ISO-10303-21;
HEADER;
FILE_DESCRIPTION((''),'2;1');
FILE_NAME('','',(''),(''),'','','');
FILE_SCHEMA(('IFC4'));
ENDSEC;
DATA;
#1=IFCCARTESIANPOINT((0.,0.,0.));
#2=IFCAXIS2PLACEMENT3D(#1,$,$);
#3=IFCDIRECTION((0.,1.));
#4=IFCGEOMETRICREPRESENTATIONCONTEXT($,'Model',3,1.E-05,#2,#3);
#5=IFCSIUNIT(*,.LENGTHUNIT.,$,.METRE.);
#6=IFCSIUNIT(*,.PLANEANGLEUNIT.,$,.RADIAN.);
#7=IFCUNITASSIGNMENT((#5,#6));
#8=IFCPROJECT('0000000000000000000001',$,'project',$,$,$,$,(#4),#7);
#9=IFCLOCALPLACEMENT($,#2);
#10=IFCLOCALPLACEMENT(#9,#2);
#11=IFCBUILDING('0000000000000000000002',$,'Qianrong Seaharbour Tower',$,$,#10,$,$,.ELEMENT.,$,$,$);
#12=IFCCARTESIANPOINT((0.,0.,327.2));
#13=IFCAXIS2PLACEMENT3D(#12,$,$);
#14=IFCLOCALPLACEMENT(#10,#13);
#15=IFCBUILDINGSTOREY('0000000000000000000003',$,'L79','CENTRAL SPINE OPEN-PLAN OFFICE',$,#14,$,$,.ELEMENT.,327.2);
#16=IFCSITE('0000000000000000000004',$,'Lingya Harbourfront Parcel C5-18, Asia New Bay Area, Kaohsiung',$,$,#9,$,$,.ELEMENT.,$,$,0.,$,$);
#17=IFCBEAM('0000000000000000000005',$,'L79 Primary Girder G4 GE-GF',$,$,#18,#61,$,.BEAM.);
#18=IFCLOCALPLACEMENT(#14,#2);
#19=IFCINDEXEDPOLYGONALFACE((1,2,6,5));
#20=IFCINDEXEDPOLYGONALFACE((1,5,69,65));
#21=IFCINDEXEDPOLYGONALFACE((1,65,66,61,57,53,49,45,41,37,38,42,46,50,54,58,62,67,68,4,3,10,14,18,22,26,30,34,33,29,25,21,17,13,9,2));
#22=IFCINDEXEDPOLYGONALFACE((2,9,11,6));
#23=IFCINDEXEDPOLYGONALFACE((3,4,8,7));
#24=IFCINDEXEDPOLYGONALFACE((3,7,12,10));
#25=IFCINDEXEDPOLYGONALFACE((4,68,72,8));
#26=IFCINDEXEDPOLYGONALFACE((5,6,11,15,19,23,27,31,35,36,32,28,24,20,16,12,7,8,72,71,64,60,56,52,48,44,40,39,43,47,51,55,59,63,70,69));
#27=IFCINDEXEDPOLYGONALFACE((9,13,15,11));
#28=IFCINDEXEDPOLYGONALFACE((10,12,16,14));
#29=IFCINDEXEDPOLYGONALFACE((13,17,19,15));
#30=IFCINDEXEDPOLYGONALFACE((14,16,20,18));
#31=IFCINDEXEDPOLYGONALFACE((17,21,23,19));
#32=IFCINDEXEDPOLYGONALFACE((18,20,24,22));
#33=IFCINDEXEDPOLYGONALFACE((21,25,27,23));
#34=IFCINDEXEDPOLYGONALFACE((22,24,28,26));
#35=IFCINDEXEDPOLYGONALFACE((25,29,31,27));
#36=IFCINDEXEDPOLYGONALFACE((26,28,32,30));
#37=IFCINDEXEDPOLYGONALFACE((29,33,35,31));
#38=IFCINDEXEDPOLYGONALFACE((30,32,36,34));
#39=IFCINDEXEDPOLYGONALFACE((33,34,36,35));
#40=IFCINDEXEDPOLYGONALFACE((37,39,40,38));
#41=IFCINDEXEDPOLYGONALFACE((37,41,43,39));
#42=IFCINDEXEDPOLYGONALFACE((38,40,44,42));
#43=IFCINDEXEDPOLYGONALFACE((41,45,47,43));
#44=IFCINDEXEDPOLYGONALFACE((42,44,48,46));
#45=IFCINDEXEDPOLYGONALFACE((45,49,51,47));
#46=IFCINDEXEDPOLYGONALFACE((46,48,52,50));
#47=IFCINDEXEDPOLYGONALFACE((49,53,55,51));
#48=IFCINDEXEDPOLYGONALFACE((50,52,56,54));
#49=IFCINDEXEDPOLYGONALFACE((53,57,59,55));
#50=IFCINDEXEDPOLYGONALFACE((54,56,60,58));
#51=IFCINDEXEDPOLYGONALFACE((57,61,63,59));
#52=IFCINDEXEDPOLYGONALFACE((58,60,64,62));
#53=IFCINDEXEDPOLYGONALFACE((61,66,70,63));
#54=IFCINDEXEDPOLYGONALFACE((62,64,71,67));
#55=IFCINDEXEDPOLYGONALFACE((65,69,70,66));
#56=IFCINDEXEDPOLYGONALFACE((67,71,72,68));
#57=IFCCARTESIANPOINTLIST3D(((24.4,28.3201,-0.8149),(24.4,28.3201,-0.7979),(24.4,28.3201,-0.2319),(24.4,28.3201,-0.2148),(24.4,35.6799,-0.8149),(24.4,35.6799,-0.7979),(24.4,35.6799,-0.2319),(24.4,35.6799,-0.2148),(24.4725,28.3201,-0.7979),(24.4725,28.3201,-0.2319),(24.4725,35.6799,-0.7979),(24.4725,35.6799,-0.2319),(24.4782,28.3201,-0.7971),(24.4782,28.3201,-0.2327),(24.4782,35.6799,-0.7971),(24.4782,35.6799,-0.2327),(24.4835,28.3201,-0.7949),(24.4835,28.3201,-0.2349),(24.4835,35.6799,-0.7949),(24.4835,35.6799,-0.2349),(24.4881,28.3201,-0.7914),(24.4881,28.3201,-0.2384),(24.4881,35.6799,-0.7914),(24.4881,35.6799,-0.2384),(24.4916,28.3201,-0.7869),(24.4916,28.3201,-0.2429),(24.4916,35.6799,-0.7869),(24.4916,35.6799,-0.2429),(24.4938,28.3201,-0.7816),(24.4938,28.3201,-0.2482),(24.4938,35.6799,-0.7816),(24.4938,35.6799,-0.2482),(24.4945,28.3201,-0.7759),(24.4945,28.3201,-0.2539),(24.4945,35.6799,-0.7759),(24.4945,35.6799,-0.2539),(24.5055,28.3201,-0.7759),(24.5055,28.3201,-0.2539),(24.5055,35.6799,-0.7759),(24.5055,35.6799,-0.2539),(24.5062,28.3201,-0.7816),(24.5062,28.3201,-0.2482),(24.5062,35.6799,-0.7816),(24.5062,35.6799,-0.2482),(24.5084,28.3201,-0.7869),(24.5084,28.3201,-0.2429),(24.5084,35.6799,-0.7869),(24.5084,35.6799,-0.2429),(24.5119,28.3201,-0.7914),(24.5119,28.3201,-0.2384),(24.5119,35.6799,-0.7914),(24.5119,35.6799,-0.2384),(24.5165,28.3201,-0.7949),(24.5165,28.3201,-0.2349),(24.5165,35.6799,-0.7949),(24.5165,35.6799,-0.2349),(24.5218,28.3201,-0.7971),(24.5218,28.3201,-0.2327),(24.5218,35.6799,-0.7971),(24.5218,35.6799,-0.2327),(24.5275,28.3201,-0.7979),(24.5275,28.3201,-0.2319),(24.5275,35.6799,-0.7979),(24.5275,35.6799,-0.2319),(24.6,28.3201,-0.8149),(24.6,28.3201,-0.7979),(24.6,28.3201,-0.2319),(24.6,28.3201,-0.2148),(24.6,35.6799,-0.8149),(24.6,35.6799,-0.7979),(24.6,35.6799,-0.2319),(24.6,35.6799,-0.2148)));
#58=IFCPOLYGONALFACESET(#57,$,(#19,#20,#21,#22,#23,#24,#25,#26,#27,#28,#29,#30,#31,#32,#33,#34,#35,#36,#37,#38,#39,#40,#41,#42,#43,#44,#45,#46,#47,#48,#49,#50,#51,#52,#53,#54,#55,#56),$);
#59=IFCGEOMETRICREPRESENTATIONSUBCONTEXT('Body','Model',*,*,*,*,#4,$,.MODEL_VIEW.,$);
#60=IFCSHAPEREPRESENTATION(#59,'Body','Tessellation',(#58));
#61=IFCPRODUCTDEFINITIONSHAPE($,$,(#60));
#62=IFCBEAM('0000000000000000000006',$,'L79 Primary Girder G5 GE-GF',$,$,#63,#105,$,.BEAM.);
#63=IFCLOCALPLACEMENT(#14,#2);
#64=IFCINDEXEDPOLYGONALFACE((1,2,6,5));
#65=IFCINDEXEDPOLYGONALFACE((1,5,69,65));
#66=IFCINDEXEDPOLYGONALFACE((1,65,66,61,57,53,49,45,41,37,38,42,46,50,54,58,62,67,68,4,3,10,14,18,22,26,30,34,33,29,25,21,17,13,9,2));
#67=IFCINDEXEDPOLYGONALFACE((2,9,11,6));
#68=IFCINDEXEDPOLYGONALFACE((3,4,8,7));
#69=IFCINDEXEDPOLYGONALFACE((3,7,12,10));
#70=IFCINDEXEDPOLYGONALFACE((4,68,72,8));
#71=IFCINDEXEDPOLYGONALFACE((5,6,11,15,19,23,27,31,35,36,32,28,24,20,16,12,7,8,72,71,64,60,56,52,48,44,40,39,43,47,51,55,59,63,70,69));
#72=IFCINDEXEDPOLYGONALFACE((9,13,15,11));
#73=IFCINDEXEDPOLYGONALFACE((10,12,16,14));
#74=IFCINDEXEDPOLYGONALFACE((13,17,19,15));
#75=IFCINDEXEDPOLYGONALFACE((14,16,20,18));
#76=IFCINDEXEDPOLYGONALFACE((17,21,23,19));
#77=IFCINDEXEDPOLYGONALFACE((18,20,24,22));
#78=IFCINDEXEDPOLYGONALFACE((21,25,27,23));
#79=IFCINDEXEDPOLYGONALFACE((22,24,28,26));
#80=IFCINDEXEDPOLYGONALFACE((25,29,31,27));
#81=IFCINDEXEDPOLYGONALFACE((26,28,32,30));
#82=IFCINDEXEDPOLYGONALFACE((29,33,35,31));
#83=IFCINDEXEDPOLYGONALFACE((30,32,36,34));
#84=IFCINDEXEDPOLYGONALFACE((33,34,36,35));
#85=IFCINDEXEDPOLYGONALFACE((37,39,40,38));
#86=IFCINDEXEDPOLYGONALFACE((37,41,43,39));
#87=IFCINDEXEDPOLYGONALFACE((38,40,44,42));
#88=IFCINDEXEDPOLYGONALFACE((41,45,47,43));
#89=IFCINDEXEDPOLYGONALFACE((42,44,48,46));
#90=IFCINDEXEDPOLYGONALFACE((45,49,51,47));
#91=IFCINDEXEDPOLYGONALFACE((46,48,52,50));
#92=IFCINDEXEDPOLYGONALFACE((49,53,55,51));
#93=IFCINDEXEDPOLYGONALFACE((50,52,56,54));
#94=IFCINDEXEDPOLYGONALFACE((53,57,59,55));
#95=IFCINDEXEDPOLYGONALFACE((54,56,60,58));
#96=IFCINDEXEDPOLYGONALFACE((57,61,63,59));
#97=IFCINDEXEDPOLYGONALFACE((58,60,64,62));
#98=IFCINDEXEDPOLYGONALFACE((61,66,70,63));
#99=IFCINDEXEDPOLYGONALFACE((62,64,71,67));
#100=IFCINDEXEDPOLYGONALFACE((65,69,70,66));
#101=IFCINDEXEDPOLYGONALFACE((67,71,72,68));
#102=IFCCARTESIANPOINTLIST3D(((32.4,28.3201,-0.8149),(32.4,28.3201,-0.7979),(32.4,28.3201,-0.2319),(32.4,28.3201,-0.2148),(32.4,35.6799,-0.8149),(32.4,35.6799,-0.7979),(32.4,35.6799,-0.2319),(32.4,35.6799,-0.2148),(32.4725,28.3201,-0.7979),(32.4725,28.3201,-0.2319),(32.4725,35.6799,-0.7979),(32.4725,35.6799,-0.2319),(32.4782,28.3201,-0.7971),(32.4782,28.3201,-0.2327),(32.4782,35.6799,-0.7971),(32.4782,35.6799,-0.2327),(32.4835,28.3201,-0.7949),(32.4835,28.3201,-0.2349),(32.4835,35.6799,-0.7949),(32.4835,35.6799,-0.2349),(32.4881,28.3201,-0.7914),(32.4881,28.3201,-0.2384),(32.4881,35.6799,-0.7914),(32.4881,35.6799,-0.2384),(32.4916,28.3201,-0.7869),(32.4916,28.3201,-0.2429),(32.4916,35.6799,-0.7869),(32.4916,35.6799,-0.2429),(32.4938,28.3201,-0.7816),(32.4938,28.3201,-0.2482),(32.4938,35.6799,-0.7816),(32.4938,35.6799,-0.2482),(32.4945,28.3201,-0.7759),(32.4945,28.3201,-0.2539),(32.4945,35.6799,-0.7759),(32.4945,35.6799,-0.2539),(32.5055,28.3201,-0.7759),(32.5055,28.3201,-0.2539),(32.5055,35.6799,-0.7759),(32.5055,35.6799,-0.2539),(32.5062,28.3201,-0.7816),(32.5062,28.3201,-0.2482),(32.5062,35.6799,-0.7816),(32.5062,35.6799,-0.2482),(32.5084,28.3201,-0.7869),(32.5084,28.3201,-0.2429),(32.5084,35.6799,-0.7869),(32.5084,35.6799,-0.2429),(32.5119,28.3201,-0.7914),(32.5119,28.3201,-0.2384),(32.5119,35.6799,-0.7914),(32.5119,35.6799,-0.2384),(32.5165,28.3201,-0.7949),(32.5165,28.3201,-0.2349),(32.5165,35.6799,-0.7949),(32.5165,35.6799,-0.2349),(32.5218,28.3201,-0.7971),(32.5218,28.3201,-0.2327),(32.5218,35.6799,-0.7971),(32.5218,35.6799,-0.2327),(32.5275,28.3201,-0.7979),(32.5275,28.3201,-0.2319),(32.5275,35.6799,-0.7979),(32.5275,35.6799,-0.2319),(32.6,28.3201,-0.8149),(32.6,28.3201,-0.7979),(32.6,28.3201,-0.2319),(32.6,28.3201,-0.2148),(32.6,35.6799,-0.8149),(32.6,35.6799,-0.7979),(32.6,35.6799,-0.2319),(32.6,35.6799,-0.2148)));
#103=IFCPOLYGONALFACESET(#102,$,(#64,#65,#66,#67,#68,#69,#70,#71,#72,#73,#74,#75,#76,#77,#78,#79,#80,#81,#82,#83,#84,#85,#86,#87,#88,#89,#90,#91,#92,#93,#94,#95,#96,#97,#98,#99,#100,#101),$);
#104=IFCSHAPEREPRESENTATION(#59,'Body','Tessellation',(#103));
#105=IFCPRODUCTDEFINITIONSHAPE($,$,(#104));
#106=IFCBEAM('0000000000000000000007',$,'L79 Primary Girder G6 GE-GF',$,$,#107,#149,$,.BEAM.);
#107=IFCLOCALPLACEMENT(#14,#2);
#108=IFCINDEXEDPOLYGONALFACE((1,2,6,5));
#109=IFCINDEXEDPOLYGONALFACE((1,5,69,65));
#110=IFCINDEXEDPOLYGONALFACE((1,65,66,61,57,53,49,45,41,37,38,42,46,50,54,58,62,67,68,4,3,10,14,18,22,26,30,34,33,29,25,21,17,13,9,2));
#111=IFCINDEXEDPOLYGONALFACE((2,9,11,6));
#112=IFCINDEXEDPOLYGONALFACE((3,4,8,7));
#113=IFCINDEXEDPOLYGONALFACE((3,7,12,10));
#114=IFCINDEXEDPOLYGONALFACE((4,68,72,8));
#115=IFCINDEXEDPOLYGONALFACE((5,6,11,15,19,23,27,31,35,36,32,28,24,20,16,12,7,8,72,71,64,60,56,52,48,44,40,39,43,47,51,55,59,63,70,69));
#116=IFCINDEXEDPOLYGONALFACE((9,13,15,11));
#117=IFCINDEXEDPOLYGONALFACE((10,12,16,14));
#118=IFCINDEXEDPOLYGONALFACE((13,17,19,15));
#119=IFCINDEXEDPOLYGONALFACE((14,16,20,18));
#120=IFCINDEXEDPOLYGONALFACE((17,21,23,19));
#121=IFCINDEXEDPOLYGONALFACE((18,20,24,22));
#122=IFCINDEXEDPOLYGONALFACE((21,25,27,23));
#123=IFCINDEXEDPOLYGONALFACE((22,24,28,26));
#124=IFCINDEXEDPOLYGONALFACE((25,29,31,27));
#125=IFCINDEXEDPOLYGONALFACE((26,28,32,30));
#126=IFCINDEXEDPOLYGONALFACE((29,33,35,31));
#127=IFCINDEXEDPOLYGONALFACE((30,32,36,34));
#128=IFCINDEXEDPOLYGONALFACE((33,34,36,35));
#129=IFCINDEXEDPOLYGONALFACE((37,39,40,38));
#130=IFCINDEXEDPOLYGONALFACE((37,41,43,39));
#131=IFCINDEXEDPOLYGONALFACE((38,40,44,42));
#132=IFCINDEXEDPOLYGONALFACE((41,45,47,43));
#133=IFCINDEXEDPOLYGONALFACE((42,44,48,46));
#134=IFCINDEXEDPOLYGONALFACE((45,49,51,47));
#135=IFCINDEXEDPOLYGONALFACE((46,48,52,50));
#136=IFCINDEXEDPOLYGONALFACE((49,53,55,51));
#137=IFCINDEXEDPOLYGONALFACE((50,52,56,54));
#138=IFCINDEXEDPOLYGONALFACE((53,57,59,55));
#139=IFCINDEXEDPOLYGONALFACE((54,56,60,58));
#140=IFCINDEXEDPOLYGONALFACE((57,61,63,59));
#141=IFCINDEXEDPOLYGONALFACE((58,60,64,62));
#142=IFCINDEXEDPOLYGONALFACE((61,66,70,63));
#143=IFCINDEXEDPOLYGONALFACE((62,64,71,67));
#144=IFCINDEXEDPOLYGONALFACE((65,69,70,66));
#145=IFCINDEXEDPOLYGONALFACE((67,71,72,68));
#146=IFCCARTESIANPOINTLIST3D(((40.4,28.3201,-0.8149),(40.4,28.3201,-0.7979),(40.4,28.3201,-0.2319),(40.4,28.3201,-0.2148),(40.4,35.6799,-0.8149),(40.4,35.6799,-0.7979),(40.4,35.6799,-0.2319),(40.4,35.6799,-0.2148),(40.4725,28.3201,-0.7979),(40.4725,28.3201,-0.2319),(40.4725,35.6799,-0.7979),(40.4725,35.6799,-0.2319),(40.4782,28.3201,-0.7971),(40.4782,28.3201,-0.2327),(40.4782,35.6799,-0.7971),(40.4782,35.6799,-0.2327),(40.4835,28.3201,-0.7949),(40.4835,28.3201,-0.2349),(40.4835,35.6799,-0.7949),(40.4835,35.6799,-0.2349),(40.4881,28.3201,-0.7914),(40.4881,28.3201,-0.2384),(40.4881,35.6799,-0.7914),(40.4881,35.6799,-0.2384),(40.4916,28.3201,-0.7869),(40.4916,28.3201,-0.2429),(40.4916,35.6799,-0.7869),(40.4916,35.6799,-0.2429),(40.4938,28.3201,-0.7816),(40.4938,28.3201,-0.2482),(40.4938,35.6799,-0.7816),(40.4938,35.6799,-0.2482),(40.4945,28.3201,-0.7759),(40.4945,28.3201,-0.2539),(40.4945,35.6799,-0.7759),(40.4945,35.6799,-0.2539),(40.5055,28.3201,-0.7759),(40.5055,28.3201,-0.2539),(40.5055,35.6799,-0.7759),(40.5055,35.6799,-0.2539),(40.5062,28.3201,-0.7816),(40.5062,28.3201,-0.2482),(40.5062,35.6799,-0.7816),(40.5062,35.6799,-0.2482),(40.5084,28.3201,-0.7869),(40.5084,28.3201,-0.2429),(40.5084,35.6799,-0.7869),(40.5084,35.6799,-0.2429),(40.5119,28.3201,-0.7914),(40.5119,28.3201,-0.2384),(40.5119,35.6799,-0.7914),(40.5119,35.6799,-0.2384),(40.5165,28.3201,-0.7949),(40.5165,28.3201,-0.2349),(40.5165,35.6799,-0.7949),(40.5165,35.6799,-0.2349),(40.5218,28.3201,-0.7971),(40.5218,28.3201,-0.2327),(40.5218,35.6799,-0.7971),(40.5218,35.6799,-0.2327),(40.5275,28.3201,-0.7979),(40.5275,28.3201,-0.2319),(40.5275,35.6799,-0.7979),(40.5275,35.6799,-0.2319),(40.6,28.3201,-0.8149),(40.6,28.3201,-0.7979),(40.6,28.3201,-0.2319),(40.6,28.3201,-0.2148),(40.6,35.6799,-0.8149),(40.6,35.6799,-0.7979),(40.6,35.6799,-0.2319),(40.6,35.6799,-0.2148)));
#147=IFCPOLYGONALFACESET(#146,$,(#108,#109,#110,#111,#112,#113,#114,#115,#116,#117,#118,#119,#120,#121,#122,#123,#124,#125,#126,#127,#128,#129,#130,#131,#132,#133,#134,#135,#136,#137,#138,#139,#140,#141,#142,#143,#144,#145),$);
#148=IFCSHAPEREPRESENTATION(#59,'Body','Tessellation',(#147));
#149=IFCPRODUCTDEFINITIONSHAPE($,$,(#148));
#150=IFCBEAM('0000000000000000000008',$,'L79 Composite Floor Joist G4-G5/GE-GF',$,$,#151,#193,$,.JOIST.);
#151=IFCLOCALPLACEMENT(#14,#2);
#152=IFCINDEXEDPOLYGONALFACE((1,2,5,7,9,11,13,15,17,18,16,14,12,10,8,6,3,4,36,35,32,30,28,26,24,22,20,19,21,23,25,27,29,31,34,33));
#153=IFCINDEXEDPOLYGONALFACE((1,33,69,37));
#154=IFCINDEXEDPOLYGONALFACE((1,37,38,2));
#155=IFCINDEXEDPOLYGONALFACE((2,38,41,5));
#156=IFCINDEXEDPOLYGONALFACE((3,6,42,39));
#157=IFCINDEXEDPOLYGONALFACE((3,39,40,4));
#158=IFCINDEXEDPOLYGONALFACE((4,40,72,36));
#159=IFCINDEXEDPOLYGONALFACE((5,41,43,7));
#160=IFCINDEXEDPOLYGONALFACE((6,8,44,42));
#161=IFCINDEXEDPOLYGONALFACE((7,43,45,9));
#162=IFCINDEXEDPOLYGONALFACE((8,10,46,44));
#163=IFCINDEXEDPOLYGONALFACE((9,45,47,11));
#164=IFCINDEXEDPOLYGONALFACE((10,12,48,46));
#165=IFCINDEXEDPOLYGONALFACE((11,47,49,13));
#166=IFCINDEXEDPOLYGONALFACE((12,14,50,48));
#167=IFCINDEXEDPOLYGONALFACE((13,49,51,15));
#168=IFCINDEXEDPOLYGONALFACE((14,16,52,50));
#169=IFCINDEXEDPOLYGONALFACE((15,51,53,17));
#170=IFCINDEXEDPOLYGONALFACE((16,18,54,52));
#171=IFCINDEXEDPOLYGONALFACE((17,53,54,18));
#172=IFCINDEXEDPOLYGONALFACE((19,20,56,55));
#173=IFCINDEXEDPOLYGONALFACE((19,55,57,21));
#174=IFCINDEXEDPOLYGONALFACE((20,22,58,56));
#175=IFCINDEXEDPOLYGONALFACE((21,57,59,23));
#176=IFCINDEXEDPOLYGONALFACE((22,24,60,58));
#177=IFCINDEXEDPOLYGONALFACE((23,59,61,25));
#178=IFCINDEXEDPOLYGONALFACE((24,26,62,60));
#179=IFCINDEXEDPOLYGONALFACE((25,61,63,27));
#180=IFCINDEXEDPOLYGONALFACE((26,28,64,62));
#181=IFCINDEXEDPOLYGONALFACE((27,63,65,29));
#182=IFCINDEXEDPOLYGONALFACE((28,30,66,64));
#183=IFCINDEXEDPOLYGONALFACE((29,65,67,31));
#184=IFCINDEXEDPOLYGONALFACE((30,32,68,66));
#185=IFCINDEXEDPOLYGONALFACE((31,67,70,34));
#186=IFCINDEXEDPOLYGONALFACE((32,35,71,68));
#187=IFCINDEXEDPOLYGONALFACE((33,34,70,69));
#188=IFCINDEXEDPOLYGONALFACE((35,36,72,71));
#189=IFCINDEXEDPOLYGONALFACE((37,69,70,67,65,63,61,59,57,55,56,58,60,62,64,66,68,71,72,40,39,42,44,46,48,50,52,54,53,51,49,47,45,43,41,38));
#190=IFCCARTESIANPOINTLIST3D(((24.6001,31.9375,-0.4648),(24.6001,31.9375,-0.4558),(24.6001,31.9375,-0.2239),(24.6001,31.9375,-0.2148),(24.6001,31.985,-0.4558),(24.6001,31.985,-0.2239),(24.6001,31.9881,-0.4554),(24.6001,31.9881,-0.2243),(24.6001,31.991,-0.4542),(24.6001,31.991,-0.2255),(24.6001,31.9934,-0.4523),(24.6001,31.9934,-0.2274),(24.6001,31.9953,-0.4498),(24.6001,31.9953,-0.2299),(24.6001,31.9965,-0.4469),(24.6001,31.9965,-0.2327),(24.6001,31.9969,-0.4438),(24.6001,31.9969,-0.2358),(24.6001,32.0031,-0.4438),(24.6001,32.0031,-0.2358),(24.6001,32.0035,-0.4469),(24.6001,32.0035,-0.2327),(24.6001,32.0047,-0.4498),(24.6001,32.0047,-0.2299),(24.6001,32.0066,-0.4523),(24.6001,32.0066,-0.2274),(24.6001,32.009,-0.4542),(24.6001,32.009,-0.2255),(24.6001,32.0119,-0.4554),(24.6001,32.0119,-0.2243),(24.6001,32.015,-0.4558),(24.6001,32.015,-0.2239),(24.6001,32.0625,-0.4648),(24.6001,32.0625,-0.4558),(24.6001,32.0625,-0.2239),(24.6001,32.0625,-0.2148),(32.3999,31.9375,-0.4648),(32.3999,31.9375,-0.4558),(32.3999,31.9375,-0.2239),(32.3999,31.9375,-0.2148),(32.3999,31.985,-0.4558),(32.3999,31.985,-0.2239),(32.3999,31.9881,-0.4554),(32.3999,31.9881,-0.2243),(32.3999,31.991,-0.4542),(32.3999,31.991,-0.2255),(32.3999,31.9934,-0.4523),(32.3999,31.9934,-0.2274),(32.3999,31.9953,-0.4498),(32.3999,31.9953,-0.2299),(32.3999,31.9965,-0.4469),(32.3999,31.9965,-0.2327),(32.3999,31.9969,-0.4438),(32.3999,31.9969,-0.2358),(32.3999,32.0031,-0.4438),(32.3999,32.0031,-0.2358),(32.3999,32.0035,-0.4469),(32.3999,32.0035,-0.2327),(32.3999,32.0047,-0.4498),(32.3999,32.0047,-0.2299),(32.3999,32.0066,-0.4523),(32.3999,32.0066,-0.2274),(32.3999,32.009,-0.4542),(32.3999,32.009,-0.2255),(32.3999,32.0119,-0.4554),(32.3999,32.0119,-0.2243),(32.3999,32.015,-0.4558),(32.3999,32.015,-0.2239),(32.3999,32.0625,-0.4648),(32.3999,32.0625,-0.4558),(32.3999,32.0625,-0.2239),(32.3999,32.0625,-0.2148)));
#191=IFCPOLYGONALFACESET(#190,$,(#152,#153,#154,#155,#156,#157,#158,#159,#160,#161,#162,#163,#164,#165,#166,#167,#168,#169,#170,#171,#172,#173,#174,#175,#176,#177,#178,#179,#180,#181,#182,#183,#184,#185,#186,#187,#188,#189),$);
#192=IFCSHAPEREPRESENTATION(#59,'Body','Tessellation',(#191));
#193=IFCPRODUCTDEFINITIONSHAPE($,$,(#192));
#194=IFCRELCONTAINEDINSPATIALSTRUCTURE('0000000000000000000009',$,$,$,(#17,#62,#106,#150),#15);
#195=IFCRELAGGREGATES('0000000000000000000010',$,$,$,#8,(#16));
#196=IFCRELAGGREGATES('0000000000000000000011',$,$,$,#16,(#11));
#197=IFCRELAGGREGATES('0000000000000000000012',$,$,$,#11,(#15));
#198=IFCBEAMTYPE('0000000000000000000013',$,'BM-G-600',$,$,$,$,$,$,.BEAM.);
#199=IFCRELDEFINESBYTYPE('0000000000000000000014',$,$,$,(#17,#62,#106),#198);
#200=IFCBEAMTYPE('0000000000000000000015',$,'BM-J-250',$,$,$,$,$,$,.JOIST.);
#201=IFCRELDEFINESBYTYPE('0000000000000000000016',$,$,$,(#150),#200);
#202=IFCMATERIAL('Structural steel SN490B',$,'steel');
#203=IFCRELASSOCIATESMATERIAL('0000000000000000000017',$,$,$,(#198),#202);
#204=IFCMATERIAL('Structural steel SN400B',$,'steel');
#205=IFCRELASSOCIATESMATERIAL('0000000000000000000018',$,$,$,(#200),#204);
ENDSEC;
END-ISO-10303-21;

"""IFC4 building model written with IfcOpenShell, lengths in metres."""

from ifc_helpers import new_model, si_unit, direction, frame, origin, origin_2d, place, context, subcontext, project, spatial, i_section, extrude, material, material_profile, profile_set, type_object, element, save


model = new_model("IFC4")

# Units and contexts
model_context = context("Model", 3, precision=1e-05, world=origin(), true_north=direction((0.0, 1.0)))
body_context = subcontext(model_context, "Body", "Model", "MODEL_VIEW")
ifc_project = project(units=[si_unit("LENGTHUNIT", "METRE"), si_unit("PLANEANGLEUNIT", "RADIAN")], contexts=[model_context])

# Site, building, storey
site_placement = place(None, origin())
site = spatial("IfcSite", under=ifc_project, at=site_placement, Name="Lingya Harbourfront Parcel C5-18, Asia New Bay Area, Kaohsiung", CompositionType="ELEMENT", RefElevation=0.0)
building_placement = place(site_placement, origin())
building = spatial("IfcBuilding", under=site, at=building_placement, Name="Qianrong Seaharbour Tower", CompositionType="ELEMENT")
storey_placement = place(building_placement, frame((0.0, 0.0, 327.2)))
storey = spatial("IfcBuildingStorey", under=building, at=storey_placement, Name="L79", Description="CENTRAL SPINE OPEN-PLAN OFFICE", CompositionType="ELEMENT", Elevation=327.2)

# Shared definitions
ifc_material_1 = material(Name="Structural steel SN490B", Category="steel")
ifc_material_2 = material(Name="Structural steel SN400B", Category="steel")

# Beams
ifc_material_profile_1 = material_profile(ifc_material_1, i_section(OverallWidth=0.2, OverallDepth=0.6001, WebThickness=0.011, FlangeThickness=0.0171, FilletRadius=0.022, at=origin_2d()), Name="H600x200x11x17")
ifc_profile_set_1 = profile_set([ifc_material_profile_1], Name="Structural steel SN490B")
beam_type_1 = type_object("IfcBeamType", Name="BM-G-600", PredefinedType="BEAM", material=ifc_profile_set_1)
for number, where, z_axis, x_axis, name in (
    (1, (24.5, 28.3201, -0.5149), (0.0, 1.0, 0.0), (-1.0, 0.0, 0.0), "L79 Primary Girder G4 GE-GF"),
    (2, (32.5, 28.3201, -0.5149), (0.0, 1.0, 0.0), (-1.0, 0.0, 0.0), "L79 Primary Girder G5 GE-GF"),
    (3, (40.5, 28.3201, -0.5149), (0.0, 1.0, 0.0), (-1.0, 0.0, 0.0), "L79 Primary Girder G6 GE-GF"),
):
    element("IfcBeam", number, at=place(storey_placement, frame(where, z_axis=z_axis, x_axis=x_axis)), inside=storey, type_object=beam_type_1, Name=name, PredefinedType="BEAM", context=body_context, shape_type="SweptSolid", body=[
        extrude(i_section(OverallWidth=0.2, OverallDepth=0.6001, WebThickness=0.011, FlangeThickness=0.0171, FilletRadius=0.022, at=origin_2d()), origin(), (0.0, 0.0, 1.0), 7.3599),
    ])
ifc_material_profile_2 = material_profile(ifc_material_2, i_section(OverallWidth=0.125, OverallDepth=0.25, WebThickness=0.0061, FlangeThickness=0.009, FilletRadius=0.012, at=origin_2d()), Name="H250x125x6x9")
ifc_profile_set_2 = profile_set([ifc_material_profile_2], Name="Structural steel SN400B")
beam_type_2 = type_object("IfcBeamType", Name="BM-J-250", PredefinedType="JOIST", material=ifc_profile_set_2)
for number, where, z_axis, x_axis, name in (
    (4, (24.6001, 32.0, -0.3398), (1.0, 0.0, 0.0), (0.0, 1.0, 0.0), "L79 Composite Floor Joist G4-G5/GE-GF"),
):
    element("IfcBeam", number, at=place(storey_placement, frame(where, z_axis=z_axis, x_axis=x_axis)), inside=storey, type_object=beam_type_2, Name=name, PredefinedType="JOIST", context=body_context, shape_type="SweptSolid", body=[
        extrude(i_section(OverallWidth=0.125, OverallDepth=0.25, WebThickness=0.0061, FlangeThickness=0.009, FilletRadius=0.012, at=origin_2d()), origin(), (0.0, 0.0, 1.0), 7.7998),
    ])

save(model, "model.ifc")
